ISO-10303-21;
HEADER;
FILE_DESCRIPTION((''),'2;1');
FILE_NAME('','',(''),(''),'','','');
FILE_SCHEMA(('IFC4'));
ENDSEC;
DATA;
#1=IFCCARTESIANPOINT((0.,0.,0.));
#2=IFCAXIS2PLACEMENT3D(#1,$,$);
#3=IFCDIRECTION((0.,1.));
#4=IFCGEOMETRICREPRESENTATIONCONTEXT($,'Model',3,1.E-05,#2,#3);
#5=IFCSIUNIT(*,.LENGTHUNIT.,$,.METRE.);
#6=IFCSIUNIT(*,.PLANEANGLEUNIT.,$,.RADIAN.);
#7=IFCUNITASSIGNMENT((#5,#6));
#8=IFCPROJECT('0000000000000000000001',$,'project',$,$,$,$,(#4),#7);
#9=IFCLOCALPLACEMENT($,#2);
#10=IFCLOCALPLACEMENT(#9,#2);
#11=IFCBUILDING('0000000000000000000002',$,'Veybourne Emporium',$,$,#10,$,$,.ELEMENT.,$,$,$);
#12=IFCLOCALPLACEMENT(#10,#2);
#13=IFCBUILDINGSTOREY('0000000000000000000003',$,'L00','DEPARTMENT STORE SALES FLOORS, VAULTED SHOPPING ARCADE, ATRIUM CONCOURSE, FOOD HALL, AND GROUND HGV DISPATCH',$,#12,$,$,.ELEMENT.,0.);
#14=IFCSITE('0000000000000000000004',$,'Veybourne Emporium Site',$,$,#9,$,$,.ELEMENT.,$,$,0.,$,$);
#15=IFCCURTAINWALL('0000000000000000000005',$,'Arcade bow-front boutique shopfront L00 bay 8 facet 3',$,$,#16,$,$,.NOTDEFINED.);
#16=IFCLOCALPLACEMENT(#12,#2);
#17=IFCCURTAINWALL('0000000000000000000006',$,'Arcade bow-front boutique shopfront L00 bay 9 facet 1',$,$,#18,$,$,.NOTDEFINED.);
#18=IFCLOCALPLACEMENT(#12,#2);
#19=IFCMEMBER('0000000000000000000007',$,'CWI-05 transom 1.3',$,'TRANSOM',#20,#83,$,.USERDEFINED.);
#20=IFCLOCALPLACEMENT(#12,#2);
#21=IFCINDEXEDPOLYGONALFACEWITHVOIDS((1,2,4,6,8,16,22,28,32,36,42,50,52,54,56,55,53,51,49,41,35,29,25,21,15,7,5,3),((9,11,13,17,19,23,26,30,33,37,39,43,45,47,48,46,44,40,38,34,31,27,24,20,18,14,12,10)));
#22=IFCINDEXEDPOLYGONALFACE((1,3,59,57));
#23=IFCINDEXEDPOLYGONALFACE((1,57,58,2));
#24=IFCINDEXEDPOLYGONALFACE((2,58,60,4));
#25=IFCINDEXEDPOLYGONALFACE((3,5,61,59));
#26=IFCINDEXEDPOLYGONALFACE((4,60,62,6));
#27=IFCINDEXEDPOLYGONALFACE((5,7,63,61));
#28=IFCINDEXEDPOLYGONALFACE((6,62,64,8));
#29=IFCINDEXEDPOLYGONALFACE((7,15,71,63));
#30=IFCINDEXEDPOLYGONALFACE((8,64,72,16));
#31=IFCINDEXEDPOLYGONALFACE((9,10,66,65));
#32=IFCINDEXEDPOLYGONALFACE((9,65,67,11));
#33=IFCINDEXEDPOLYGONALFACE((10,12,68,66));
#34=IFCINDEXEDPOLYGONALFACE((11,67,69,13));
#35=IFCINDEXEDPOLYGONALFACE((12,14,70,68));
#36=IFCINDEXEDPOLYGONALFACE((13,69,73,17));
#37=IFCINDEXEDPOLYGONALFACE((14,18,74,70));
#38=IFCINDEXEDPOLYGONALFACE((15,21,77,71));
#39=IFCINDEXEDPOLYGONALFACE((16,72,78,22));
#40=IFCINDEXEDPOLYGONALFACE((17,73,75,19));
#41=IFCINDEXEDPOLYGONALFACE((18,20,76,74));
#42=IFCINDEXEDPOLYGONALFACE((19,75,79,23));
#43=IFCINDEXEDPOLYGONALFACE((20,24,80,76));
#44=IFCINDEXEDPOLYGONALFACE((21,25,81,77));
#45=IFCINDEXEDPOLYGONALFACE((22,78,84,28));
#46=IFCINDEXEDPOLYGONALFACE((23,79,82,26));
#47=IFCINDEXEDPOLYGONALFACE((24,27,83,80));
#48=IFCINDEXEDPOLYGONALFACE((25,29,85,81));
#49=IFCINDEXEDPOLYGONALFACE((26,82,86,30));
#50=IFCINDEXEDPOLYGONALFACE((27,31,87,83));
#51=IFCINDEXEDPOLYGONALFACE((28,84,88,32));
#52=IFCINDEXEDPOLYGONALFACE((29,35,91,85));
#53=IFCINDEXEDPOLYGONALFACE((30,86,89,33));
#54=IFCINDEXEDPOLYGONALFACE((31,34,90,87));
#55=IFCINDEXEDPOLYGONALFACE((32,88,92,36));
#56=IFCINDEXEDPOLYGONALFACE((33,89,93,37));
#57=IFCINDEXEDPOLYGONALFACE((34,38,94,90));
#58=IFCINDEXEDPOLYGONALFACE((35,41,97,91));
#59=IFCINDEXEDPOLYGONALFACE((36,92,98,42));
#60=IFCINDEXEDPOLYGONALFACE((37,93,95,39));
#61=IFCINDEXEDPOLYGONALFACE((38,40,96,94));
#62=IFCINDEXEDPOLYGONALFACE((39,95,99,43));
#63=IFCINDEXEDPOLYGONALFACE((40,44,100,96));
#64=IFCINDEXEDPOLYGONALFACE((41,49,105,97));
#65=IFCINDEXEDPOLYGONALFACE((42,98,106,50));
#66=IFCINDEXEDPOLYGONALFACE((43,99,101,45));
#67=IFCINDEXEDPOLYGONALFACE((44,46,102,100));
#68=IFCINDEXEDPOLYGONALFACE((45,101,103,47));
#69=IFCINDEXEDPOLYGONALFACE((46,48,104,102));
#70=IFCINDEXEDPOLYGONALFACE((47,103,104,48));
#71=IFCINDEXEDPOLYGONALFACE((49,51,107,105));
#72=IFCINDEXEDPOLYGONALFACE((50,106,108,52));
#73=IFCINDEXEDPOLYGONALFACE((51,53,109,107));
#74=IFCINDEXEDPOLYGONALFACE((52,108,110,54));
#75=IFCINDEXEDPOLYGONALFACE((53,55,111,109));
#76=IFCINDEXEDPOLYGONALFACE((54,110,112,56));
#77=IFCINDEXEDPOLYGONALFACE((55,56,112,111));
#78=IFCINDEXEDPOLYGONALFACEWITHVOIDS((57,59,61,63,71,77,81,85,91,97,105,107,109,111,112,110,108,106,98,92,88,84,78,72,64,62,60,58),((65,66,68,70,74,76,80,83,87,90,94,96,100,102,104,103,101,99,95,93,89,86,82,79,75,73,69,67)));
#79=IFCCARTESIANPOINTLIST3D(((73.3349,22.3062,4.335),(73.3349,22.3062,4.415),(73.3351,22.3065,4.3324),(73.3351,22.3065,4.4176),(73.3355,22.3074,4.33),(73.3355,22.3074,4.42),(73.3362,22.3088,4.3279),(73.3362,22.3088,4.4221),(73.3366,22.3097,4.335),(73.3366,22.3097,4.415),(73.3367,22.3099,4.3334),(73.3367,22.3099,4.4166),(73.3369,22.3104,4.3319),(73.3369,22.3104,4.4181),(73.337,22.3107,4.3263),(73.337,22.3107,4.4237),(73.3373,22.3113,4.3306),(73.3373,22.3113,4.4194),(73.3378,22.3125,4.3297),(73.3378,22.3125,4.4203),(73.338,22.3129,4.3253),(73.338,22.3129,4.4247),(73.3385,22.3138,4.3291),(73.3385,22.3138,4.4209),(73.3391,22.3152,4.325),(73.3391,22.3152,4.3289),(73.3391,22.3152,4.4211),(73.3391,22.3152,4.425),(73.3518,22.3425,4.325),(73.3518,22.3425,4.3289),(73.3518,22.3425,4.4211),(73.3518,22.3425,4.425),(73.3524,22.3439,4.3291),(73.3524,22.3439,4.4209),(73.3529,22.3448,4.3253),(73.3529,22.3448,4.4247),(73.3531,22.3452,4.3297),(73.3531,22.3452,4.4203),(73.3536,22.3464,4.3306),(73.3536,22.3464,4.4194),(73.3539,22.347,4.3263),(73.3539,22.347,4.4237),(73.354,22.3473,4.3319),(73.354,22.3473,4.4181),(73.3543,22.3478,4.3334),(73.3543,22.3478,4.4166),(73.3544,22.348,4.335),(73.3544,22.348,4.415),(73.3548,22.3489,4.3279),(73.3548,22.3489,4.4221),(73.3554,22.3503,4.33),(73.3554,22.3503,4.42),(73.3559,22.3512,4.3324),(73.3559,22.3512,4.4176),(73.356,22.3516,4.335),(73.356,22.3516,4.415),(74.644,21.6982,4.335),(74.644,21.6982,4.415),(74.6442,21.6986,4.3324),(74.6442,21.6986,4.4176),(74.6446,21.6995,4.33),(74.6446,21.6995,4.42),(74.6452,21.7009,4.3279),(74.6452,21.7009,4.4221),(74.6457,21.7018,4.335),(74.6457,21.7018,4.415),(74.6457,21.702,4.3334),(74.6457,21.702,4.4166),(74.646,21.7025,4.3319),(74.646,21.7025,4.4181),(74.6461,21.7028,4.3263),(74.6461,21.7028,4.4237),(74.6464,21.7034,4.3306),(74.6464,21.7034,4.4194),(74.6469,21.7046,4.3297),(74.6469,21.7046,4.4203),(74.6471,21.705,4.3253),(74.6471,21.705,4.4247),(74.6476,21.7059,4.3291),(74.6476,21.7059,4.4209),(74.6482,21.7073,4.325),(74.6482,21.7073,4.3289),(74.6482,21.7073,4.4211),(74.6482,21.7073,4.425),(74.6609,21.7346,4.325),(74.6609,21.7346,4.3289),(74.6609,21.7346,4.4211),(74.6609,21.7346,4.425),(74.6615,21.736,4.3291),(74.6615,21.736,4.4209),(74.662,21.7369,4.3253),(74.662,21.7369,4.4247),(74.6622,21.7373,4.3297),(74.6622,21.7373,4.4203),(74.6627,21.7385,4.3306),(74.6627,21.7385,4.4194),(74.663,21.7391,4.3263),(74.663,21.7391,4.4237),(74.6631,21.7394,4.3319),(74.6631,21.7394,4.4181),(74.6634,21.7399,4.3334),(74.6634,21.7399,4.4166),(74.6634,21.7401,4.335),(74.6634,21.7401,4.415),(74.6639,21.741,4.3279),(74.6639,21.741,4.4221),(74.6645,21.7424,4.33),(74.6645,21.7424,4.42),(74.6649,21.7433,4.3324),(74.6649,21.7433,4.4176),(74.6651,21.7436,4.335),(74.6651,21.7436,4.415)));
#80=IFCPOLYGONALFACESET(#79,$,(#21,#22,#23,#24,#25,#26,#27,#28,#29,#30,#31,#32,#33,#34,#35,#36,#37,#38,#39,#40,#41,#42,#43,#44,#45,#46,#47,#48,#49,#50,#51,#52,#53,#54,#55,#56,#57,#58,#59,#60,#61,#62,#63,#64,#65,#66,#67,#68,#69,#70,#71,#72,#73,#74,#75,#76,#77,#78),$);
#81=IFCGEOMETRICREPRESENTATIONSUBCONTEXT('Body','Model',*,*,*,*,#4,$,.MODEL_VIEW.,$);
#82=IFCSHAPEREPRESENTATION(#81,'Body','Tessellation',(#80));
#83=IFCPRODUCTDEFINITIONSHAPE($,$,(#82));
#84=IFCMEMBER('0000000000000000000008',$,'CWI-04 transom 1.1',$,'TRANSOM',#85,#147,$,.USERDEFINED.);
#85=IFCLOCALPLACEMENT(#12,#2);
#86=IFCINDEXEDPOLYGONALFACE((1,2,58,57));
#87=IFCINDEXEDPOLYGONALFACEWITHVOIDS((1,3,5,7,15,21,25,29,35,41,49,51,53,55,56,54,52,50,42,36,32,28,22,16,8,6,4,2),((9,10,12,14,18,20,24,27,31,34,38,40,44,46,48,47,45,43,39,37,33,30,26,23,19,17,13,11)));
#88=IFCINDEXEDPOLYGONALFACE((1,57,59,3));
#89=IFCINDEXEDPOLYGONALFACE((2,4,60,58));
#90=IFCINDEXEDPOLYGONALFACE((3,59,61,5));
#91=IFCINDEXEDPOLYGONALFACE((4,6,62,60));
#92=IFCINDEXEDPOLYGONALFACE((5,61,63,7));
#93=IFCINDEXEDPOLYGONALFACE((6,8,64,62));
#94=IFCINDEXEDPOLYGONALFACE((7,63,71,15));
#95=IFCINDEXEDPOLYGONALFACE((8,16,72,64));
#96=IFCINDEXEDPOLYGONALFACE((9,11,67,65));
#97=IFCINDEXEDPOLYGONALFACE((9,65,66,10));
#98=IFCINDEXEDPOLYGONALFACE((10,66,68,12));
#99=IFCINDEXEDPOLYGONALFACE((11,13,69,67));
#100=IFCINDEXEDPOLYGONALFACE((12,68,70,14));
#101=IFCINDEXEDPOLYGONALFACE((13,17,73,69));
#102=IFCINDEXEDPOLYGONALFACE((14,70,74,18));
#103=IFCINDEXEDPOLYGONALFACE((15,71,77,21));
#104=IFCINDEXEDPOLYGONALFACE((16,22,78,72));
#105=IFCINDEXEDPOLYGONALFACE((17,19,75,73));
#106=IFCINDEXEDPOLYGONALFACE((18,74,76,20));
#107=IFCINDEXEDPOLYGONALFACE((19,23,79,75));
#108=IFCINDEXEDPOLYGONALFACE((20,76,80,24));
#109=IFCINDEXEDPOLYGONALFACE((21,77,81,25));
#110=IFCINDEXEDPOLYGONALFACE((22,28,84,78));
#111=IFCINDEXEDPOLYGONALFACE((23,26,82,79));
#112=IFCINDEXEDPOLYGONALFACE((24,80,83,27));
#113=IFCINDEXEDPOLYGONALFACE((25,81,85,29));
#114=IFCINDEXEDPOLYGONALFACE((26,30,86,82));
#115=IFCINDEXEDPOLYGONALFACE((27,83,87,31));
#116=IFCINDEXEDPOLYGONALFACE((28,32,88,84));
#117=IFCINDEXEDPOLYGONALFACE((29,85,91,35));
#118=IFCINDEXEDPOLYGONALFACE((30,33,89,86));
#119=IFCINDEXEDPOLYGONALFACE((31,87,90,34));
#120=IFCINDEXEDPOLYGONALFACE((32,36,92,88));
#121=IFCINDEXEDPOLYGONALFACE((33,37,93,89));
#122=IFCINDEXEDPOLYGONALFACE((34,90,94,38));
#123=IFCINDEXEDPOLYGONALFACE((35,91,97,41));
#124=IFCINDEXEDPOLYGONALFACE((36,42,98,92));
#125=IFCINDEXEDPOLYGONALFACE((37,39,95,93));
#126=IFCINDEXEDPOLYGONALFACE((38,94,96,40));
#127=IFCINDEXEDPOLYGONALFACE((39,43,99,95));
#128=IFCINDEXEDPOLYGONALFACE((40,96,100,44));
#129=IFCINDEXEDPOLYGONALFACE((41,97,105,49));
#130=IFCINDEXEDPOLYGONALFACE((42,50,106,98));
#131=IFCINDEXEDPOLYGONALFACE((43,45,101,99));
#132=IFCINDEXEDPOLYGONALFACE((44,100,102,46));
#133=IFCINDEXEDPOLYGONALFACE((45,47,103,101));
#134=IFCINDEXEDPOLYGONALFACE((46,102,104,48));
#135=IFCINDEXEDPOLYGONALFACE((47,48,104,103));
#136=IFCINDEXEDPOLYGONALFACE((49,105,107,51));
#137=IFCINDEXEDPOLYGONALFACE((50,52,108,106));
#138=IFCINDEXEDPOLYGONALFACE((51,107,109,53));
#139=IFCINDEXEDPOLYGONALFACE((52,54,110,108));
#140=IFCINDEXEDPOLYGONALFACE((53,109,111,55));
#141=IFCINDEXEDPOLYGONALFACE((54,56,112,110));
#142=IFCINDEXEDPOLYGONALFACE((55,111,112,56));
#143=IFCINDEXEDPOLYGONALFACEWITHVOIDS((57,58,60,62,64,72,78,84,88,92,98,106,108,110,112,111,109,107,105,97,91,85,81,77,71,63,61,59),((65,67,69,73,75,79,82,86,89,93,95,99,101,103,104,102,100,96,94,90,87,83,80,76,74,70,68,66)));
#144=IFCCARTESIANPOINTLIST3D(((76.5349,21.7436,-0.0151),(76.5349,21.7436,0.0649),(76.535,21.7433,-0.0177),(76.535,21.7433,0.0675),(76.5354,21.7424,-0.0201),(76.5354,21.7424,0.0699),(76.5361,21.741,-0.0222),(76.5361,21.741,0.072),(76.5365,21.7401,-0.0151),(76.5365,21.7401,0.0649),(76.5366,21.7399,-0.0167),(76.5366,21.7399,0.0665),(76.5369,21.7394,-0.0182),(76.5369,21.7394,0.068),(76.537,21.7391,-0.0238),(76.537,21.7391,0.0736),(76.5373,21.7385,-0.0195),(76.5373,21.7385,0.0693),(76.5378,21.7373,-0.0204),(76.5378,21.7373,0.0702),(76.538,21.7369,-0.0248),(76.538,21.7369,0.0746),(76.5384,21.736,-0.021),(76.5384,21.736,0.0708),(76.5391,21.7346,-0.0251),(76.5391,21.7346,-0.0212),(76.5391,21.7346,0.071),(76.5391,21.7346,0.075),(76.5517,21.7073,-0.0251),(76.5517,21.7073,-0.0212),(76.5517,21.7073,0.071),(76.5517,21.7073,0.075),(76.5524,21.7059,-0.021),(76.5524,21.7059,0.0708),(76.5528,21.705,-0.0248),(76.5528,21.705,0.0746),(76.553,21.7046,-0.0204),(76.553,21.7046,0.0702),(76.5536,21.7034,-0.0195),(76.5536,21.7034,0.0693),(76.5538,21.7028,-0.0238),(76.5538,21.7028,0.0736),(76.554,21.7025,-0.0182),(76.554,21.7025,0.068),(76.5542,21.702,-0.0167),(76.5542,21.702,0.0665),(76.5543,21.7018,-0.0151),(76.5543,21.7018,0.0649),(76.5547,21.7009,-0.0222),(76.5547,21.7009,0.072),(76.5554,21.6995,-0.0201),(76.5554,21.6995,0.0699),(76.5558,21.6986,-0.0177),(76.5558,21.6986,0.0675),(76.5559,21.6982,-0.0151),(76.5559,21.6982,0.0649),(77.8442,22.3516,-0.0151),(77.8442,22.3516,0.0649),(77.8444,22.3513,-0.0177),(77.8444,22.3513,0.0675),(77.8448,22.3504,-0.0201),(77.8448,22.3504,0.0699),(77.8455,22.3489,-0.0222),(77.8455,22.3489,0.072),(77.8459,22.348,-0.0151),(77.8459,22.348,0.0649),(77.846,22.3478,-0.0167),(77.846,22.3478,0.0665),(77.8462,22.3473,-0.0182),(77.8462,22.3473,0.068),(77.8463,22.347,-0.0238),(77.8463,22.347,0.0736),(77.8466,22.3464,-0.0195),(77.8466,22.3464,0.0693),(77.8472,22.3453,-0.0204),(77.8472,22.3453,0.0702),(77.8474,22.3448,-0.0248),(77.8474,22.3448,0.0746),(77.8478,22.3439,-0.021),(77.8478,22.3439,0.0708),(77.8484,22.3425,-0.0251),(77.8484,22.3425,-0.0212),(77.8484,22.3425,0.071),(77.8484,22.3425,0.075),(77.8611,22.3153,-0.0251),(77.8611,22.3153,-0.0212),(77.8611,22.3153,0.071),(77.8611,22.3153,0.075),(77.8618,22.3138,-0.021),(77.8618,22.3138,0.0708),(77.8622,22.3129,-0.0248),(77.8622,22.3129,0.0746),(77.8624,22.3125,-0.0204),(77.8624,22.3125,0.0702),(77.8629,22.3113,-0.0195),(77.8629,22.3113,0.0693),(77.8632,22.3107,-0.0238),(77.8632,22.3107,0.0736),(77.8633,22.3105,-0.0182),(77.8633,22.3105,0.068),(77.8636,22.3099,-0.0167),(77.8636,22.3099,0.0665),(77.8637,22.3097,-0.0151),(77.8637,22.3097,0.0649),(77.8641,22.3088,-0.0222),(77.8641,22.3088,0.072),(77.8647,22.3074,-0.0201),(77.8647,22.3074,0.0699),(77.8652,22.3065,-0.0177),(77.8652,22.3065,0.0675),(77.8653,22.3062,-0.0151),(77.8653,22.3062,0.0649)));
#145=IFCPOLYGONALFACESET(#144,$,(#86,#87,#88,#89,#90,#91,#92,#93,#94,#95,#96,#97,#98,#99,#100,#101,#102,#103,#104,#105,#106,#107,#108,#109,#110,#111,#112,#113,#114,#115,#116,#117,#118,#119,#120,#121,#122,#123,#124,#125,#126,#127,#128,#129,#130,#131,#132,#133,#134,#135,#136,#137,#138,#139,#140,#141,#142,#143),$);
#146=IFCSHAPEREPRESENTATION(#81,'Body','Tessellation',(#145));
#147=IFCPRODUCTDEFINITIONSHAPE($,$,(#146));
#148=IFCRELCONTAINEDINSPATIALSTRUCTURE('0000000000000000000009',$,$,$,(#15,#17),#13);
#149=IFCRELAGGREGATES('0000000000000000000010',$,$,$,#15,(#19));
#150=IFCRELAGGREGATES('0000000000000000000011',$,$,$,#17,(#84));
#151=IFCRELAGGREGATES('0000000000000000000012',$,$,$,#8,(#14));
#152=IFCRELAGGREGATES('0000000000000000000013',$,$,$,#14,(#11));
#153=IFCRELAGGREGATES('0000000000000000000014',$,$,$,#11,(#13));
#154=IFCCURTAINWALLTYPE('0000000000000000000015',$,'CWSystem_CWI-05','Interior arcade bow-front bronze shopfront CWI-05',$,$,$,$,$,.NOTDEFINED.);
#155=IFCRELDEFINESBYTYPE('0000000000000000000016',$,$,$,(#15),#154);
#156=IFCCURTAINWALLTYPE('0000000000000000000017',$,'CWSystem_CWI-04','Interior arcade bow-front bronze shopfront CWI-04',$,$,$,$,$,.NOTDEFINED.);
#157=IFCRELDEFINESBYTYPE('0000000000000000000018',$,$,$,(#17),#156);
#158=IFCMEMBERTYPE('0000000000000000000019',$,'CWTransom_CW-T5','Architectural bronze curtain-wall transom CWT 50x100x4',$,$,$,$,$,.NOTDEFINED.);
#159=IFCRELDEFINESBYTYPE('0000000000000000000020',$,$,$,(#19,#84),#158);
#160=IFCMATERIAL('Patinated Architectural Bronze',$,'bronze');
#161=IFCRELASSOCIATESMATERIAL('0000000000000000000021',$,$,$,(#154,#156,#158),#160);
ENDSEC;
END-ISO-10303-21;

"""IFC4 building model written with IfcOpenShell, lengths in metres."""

from ifc_helpers import new_model, si_unit, direction, frame, origin, origin_2d, place, context, subcontext, project, spatial, hollow_rectangle, extrude, material, material_profile, profile_set, type_object, element, aggregate, save


model = new_model("IFC4")

# Units and contexts
model_context = context("Model", 3, precision=1e-05, world=origin(), true_north=direction((0.0, 1.0)))
body_context = subcontext(model_context, "Body", "Model", "MODEL_VIEW")
ifc_project = project(units=[si_unit("LENGTHUNIT", "METRE"), si_unit("PLANEANGLEUNIT", "RADIAN")], contexts=[model_context])

# Site, building, storey
site_placement = place(None, origin())
site = spatial("IfcSite", under=ifc_project, at=site_placement, Name="Veybourne Emporium Site", CompositionType="ELEMENT", RefElevation=0.0)
building_placement = place(site_placement, origin())
building = spatial("IfcBuilding", under=site, at=building_placement, Name="Veybourne Emporium", CompositionType="ELEMENT")
storey_placement = place(building_placement, origin())
storey = spatial("IfcBuildingStorey", under=building, at=storey_placement, Name="L00", Description="DEPARTMENT STORE SALES FLOORS, VAULTED SHOPPING ARCADE, ATRIUM CONCOURSE, FOOD HALL, AND GROUND HGV DISPATCH", CompositionType="ELEMENT", Elevation=0.0)

# Curtain walls
ifc_material_1 = material(Name="Patinated Architectural Bronze", Category="bronze")
curtain_wall_type_1 = type_object("IfcCurtainWallType", Name="CWSystem_CWI-05", Description="Interior arcade bow-front bronze shopfront CWI-05", PredefinedType="NOTDEFINED", material=ifc_material_1)
curtain_wall_1_placement = place(storey_placement, origin())
curtain_wall_1 = element("IfcCurtainWall", 1, at=curtain_wall_1_placement, inside=storey, type_object=curtain_wall_type_1, Name="Arcade bow-front boutique shopfront L00 bay 8 facet 3", PredefinedType="NOTDEFINED")
curtain_wall_type_2 = type_object("IfcCurtainWallType", Name="CWSystem_CWI-04", Description="Interior arcade bow-front bronze shopfront CWI-04", PredefinedType="NOTDEFINED", material=ifc_material_1)
curtain_wall_2_placement = place(storey_placement, origin())
curtain_wall_2 = element("IfcCurtainWall", 2, at=curtain_wall_2_placement, inside=storey, type_object=curtain_wall_type_2, Name="Arcade bow-front boutique shopfront L00 bay 9 facet 1", PredefinedType="NOTDEFINED")

# Members
ifc_material_profile_1 = material_profile(ifc_material_1, hollow_rectangle(XDim=0.05, YDim=0.1001, WallThickness=0.0039, InnerFilletRadius=0.0061, OuterFilletRadius=0.01, at=origin_2d()), Name="CWT 50x100x4")
ifc_profile_set_1 = profile_set([ifc_material_profile_1], Name="Patinated Architectural Bronze")
member_type_1 = type_object("IfcMemberType", Name="CWTransom_CW-T5", Description="Architectural bronze curtain-wall transom CWT 50x100x4", PredefinedType="NOTDEFINED", material=ifc_profile_set_1)
member_1_placement = place(storey_placement, frame((73.3455, 22.3289, 4.375), z_axis=(0.906977, -0.421181, 0.0), x_axis=(0.421181, 0.906977, 0.0)))
member_1 = element("IfcMember", 3, at=member_1_placement, type_object=member_type_1, Name="CWI-05 transom 1.3", ObjectType="TRANSOM", PredefinedType="USERDEFINED", context=body_context, shape_type="SweptSolid", body=[
    extrude(hollow_rectangle(XDim=0.05, YDim=0.1001, WallThickness=0.0039, InnerFilletRadius=0.0061, OuterFilletRadius=0.01, at=origin_2d()), origin(), (0.0, 0.0, 1.0), 1.4434),
])
member_2_placement = place(storey_placement, frame((76.5454, 21.7209, 0.0249), z_axis=(0.907007, 0.421116, 0.0), x_axis=(-0.421116, 0.907007, 0.0)))
member_2 = element("IfcMember", 4, at=member_2_placement, type_object=member_type_1, Name="CWI-04 transom 1.1", ObjectType="TRANSOM", PredefinedType="USERDEFINED", context=body_context, shape_type="SweptSolid", body=[
    extrude(hollow_rectangle(XDim=0.05, YDim=0.1001, WallThickness=0.0039, InnerFilletRadius=0.0061, OuterFilletRadius=0.01, at=origin_2d()), origin(), (0.0, 0.0, 1.0), 1.4436),
])

aggregate(curtain_wall_1, [member_1])
aggregate(curtain_wall_2, [member_2])

save(model, "model.ifc")
